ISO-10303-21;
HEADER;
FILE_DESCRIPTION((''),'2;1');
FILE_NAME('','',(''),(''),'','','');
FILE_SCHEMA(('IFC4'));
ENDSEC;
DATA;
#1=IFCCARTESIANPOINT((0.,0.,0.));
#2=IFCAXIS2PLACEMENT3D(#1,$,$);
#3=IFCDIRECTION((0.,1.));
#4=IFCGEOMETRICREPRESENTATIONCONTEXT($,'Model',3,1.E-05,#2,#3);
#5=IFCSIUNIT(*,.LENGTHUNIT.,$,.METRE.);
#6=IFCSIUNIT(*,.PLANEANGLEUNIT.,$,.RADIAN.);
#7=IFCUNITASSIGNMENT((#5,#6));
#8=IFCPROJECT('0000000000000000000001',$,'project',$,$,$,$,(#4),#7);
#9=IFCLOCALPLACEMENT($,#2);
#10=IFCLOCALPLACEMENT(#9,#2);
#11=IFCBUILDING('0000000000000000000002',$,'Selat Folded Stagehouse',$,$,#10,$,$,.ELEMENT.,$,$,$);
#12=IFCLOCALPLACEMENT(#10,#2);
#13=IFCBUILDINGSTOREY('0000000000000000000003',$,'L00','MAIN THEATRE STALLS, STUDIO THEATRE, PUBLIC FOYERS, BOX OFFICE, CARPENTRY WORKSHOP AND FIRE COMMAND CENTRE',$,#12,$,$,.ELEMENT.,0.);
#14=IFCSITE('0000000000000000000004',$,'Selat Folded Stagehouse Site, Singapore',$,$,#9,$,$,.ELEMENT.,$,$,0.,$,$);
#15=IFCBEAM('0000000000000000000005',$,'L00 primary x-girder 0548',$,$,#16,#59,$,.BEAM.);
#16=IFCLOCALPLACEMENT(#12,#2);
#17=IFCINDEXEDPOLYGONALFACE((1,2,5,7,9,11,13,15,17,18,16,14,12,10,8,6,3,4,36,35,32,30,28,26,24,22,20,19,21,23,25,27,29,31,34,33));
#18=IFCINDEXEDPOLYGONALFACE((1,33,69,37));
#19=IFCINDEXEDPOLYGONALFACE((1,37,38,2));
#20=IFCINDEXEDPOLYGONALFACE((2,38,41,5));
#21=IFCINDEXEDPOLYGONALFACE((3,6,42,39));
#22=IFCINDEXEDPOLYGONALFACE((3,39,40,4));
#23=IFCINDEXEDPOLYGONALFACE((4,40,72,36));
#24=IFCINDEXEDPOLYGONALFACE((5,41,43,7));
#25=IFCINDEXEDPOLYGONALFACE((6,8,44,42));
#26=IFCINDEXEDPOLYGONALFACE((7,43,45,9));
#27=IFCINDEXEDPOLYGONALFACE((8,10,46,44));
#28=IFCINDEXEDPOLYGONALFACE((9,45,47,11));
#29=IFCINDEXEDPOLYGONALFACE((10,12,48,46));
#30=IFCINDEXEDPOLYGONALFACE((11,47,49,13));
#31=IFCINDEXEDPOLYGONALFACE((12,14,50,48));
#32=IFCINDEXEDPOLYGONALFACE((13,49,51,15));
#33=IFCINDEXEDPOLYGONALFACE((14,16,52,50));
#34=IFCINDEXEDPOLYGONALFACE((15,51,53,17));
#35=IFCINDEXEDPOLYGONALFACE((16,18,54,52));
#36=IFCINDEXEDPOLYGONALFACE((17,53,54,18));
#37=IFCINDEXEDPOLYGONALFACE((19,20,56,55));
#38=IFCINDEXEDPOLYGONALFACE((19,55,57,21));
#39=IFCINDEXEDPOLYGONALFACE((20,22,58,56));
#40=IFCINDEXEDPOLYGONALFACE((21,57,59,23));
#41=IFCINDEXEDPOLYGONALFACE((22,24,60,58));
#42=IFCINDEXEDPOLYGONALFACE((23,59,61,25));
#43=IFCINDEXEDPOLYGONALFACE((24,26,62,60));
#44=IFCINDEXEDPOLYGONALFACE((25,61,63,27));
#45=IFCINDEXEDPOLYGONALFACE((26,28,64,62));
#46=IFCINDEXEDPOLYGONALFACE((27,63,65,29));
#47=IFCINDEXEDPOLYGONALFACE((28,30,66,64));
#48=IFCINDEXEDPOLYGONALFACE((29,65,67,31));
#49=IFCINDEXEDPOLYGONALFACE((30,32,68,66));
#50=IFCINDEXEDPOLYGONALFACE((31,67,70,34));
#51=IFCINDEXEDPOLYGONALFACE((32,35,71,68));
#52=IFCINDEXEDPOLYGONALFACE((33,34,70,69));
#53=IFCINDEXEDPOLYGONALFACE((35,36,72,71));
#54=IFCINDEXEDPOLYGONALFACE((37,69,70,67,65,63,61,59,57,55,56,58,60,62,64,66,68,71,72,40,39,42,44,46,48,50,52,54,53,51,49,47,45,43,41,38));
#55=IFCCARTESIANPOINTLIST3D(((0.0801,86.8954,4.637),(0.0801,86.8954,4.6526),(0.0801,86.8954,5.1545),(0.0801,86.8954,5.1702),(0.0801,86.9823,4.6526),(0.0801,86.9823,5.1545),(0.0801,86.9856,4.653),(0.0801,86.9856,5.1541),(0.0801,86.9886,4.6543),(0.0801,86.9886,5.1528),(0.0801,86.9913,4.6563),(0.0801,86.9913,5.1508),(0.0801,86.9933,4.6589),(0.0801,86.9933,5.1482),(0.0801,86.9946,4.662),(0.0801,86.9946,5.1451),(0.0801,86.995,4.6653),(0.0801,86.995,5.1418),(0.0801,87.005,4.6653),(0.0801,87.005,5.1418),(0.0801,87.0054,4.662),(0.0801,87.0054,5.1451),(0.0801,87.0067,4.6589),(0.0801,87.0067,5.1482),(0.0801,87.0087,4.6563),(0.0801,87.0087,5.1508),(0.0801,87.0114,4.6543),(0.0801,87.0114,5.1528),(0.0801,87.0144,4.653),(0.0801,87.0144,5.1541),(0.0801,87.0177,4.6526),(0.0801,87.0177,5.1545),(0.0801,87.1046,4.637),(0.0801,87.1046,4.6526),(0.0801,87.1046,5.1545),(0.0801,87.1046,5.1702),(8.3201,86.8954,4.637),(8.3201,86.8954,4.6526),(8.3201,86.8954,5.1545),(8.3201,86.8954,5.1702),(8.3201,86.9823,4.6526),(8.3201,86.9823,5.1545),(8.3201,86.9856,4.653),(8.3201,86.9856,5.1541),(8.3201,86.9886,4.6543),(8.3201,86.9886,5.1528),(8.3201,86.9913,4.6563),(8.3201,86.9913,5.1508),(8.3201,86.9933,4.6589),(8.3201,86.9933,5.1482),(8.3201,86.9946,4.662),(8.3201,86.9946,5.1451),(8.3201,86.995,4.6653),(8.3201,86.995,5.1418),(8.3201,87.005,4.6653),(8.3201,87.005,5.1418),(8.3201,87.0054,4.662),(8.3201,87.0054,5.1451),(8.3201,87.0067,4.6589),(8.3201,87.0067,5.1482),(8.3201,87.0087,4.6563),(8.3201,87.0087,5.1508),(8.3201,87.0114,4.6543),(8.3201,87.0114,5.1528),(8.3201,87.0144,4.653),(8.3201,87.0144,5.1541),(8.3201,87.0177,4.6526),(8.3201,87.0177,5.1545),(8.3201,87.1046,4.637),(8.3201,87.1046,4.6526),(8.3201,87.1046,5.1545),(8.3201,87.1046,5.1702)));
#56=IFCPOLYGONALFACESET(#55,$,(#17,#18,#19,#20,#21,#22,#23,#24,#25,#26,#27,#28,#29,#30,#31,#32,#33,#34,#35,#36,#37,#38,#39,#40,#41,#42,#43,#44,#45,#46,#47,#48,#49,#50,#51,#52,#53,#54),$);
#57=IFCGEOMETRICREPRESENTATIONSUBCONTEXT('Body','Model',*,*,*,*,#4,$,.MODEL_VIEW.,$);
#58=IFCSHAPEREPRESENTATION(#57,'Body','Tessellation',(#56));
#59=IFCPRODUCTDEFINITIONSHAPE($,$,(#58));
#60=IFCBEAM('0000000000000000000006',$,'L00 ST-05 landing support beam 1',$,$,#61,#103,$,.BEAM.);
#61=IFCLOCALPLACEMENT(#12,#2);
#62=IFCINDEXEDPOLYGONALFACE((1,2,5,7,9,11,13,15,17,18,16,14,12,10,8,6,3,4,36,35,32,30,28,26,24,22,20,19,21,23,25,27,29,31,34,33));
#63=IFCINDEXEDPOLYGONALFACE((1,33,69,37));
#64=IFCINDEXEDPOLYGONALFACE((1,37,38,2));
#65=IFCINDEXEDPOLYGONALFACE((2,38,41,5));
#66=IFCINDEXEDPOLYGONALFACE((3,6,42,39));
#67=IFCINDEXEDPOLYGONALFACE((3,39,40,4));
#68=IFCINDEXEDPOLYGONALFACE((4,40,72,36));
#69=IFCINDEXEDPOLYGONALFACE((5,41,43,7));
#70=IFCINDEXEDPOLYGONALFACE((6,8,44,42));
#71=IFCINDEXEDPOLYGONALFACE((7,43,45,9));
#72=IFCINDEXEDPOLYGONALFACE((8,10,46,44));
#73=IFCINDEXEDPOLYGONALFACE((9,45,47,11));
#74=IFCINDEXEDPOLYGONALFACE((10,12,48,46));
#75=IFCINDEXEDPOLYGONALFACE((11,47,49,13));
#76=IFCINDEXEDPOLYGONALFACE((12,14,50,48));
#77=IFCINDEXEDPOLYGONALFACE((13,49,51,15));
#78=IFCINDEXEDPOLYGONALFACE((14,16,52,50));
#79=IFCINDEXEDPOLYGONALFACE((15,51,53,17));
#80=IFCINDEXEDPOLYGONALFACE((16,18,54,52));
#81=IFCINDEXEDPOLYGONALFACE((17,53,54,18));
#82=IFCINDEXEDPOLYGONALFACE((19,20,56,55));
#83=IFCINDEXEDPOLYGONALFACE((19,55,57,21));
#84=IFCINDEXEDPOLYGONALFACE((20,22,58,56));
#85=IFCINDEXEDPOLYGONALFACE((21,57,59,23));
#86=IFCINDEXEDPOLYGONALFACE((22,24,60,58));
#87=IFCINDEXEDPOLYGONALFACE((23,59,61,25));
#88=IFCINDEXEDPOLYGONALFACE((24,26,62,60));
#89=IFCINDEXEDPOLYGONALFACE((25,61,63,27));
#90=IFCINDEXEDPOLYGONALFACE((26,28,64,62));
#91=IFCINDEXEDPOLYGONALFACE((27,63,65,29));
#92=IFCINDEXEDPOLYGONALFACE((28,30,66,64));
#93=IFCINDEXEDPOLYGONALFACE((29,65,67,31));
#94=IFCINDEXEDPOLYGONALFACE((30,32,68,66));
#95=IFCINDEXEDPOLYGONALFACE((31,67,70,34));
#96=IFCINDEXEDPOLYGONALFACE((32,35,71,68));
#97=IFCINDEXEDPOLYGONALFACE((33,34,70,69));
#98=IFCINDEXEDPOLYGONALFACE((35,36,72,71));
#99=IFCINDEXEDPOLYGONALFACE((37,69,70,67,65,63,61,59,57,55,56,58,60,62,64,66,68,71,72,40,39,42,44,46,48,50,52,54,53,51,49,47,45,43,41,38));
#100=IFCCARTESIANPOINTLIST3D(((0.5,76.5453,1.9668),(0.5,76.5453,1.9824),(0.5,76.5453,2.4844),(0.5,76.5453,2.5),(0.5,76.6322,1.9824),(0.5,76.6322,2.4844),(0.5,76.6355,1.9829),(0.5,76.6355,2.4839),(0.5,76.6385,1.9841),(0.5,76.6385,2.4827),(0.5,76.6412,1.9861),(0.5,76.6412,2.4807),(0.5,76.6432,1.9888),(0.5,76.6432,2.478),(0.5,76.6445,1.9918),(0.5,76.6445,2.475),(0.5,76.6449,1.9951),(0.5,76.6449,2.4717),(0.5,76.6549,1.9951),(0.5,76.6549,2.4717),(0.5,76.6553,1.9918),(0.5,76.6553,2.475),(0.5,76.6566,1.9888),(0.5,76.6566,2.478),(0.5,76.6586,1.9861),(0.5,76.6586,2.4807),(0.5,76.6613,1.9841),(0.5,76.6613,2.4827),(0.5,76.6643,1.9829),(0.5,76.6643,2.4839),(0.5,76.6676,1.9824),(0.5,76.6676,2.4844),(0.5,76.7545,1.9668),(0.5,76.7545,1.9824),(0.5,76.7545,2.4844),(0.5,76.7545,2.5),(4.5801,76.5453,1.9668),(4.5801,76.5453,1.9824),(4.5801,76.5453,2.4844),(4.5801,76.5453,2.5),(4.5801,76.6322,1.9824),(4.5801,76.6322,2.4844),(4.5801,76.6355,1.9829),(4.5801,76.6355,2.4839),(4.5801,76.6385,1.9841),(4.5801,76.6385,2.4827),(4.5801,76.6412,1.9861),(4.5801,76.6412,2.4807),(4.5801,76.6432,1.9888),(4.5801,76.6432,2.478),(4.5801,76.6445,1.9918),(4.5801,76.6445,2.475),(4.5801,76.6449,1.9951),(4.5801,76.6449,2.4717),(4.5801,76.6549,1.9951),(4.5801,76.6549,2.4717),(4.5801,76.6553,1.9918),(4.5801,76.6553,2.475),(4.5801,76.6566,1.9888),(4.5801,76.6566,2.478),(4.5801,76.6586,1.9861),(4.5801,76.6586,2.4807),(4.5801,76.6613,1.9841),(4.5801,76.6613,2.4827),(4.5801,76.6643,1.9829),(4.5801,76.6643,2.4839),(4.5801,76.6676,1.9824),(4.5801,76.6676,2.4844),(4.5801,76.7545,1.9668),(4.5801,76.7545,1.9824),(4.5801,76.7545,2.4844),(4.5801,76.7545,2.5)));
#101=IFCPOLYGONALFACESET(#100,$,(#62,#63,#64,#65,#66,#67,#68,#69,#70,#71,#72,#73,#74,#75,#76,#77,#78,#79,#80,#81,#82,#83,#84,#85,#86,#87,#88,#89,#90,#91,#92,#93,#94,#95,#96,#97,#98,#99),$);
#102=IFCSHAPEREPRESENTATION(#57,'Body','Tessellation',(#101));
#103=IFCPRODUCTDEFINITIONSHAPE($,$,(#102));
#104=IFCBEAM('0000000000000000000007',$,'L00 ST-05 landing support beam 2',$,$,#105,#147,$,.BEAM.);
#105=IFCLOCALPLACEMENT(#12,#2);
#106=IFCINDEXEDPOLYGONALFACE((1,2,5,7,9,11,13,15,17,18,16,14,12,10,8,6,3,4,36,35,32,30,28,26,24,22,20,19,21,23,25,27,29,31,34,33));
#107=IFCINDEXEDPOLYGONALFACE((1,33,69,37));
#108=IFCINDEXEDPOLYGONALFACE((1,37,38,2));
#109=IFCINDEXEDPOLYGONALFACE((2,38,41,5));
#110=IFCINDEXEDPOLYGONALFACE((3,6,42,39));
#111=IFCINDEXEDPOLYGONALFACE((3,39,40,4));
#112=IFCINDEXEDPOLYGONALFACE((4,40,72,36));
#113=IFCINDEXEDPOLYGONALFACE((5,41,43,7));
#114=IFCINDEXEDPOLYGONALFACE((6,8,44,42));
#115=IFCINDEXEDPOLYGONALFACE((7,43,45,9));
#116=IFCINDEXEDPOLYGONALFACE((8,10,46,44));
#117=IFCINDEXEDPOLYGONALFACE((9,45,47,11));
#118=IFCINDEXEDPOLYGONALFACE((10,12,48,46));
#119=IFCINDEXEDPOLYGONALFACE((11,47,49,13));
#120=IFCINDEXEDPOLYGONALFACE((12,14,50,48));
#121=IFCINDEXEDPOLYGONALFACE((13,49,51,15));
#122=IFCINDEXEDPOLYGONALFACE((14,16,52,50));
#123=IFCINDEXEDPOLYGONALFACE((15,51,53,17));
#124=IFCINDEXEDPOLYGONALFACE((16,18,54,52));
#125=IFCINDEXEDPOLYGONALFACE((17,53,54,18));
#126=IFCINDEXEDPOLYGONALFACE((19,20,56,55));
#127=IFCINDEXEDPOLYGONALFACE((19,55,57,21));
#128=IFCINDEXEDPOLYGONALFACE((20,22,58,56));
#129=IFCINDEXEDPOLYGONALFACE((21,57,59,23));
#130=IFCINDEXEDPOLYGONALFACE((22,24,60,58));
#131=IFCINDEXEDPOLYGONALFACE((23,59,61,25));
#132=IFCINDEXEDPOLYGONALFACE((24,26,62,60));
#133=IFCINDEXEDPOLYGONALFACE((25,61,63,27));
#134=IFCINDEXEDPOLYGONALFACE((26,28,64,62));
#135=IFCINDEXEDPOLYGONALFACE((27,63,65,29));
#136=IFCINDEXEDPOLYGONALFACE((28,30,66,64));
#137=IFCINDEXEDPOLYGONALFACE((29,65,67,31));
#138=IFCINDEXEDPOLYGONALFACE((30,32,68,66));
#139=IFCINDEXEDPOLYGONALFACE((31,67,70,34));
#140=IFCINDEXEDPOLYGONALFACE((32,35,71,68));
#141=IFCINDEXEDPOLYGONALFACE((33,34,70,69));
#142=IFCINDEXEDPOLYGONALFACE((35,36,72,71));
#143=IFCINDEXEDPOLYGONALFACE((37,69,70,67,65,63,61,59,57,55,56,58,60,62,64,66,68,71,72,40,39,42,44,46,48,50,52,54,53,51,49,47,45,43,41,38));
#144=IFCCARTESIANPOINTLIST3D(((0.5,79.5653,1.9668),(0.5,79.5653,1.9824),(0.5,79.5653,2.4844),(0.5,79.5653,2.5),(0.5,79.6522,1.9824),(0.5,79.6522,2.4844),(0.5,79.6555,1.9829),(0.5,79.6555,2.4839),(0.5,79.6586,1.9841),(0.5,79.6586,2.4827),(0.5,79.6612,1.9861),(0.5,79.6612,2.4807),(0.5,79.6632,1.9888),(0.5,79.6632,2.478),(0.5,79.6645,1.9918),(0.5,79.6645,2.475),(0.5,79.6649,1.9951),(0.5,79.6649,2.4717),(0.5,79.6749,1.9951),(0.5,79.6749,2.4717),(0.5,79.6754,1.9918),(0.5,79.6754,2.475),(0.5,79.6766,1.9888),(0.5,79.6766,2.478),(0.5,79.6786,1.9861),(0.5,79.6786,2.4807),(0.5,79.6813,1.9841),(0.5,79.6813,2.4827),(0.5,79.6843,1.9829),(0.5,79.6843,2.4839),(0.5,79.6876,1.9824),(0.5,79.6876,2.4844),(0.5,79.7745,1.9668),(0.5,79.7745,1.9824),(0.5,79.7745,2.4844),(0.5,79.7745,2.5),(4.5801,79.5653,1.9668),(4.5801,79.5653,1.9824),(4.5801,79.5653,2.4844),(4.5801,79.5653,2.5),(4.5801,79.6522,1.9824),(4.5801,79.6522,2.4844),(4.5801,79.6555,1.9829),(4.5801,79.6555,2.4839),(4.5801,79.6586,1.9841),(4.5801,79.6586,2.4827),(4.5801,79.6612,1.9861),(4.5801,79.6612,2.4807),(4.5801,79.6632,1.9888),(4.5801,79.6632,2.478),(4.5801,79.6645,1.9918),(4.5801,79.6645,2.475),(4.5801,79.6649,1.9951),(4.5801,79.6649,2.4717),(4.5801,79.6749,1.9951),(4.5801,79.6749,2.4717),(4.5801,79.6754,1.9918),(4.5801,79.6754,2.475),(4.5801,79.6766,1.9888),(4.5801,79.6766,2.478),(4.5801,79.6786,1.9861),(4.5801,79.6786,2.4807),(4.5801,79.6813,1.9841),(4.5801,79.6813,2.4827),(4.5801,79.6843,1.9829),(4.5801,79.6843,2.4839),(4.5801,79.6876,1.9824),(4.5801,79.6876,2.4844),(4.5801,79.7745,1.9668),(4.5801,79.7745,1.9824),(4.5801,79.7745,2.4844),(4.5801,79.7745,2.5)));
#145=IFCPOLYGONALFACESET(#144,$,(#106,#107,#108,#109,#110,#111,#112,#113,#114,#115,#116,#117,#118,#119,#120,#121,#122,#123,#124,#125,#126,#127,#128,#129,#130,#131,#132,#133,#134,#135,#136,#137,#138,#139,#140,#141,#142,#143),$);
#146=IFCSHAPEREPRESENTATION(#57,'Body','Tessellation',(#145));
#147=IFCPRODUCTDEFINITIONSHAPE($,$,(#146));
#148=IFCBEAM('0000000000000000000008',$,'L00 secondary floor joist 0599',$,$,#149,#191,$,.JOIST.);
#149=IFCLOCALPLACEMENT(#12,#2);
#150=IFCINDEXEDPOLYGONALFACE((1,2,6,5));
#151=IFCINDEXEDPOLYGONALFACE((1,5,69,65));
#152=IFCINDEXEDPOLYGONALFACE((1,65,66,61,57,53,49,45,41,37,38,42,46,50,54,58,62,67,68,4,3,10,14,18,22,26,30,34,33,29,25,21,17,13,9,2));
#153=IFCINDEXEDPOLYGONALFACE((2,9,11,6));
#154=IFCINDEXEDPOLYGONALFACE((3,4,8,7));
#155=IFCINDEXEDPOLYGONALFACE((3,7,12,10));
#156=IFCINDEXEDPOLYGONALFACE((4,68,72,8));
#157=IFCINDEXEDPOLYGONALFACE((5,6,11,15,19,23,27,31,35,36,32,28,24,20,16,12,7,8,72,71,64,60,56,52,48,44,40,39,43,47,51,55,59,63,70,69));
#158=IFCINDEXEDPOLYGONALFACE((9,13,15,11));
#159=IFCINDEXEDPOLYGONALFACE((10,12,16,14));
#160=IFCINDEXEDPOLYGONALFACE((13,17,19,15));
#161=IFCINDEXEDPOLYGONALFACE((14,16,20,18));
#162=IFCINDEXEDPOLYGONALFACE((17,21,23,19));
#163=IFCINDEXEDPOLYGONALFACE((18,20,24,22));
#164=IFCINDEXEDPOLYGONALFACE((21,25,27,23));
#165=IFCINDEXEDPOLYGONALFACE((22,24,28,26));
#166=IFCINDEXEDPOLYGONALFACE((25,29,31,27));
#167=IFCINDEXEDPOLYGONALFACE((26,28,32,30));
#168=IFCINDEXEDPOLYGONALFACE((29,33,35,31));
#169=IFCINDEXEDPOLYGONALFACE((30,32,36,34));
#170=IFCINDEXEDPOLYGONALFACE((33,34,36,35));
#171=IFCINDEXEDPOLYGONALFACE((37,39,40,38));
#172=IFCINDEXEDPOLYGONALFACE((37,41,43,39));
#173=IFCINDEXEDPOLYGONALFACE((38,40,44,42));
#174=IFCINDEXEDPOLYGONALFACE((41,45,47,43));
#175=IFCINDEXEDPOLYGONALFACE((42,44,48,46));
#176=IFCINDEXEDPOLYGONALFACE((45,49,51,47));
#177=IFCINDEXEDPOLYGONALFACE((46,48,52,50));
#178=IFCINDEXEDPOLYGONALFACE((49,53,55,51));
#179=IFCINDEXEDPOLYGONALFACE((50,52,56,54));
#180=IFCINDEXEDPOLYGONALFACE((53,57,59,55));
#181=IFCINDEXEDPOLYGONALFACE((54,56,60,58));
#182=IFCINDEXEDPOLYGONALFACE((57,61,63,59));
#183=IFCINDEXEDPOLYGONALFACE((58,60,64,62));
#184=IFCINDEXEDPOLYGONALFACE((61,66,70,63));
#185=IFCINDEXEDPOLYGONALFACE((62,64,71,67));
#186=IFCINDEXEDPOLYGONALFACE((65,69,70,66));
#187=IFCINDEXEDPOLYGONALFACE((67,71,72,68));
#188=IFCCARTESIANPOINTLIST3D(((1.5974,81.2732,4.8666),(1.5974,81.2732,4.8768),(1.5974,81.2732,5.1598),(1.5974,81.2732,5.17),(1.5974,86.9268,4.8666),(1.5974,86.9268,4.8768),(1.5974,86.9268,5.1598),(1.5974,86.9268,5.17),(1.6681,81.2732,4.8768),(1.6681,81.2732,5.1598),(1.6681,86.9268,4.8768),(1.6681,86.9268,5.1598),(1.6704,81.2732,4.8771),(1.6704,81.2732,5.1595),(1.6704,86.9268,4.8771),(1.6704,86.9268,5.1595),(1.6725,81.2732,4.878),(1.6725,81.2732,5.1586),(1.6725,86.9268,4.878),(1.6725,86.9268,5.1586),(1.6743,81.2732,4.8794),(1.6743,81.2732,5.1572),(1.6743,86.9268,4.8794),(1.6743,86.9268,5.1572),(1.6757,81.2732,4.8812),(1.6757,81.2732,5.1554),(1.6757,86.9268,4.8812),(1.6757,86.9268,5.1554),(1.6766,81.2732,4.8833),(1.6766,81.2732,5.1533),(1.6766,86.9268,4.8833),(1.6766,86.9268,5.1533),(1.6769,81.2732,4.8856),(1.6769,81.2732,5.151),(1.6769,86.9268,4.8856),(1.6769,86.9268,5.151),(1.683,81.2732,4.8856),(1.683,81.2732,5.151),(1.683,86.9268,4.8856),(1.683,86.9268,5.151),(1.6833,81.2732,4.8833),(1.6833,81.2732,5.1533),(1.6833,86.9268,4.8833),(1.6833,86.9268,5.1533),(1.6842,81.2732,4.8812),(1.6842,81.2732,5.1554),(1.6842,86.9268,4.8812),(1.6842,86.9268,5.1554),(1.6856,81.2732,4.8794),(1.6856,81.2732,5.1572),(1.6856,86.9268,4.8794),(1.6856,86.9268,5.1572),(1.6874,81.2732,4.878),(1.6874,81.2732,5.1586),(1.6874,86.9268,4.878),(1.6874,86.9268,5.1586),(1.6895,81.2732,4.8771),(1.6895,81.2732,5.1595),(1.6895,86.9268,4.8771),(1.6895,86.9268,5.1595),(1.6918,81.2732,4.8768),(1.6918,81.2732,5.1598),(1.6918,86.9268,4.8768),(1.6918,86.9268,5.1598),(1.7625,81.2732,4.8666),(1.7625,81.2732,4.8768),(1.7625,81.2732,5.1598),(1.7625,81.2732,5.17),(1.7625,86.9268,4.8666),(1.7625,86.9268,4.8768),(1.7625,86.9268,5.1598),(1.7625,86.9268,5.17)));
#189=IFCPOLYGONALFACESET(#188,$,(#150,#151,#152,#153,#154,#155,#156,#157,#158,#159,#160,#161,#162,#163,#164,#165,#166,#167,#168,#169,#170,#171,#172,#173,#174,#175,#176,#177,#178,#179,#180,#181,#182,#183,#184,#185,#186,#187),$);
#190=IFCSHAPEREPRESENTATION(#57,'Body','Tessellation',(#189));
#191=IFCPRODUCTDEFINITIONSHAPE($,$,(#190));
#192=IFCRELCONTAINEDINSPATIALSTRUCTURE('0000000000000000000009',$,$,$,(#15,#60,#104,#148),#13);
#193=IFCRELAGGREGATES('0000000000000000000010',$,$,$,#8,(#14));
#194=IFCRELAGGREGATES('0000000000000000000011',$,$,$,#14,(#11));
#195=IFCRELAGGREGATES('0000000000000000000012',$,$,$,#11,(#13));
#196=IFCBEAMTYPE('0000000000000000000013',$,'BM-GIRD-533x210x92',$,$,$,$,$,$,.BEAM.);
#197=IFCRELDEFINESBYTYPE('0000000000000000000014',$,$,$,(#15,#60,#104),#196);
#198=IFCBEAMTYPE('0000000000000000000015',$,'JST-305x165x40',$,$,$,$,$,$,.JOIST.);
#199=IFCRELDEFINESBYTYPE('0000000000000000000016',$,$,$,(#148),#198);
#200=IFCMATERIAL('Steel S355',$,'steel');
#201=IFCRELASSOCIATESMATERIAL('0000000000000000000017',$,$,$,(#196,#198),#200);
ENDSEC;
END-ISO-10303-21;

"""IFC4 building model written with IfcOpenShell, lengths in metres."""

from ifc_helpers import new_model, si_unit, direction, frame, origin, origin_2d, place, context, subcontext, project, spatial, i_section, extrude, material, material_profile, profile_set, type_object, element, save


model = new_model("IFC4")

# Units and contexts
model_context = context("Model", 3, precision=1e-05, world=origin(), true_north=direction((0.0, 1.0)))
body_context = subcontext(model_context, "Body", "Model", "MODEL_VIEW")
ifc_project = project(units=[si_unit("LENGTHUNIT", "METRE"), si_unit("PLANEANGLEUNIT", "RADIAN")], contexts=[model_context])

# Site, building, storey
site_placement = place(None, origin())
site = spatial("IfcSite", under=ifc_project, at=site_placement, Name="Selat Folded Stagehouse Site, Singapore", CompositionType="ELEMENT", RefElevation=0.0)
building_placement = place(site_placement, origin())
building = spatial("IfcBuilding", under=site, at=building_placement, Name="Selat Folded Stagehouse", CompositionType="ELEMENT")
storey_placement = place(building_placement, origin())
storey = spatial("IfcBuildingStorey", under=building, at=storey_placement, Name="L00", Description="MAIN THEATRE STALLS, STUDIO THEATRE, PUBLIC FOYERS, BOX OFFICE, CARPENTRY WORKSHOP AND FIRE COMMAND CENTRE", CompositionType="ELEMENT", Elevation=0.0)

# Shared definitions
ifc_material_1 = material(Name="Steel S355", Category="steel")

# Beams
ifc_material_profile_1 = material_profile(ifc_material_1, i_section(OverallWidth=0.2092, OverallDepth=0.5332, WebThickness=0.01, FlangeThickness=0.0156, FilletRadius=0.0127, at=origin_2d()), Name="UKB 533x210x92")
ifc_profile_set_1 = profile_set([ifc_material_profile_1], Name="Steel S355")
beam_type_1 = type_object("IfcBeamType", Name="BM-GIRD-533x210x92", PredefinedType="BEAM", material=ifc_profile_set_1)
for number, where, z_axis, x_axis, name in (
    (1, (0.0801, 87.0, 4.9036), (1.0, 0.0, 0.0), (0.0, 1.0, 0.0), "L00 primary x-girder 0548"),
):
    element("IfcBeam", number, at=place(storey_placement, frame(where, z_axis=z_axis, x_axis=x_axis)), inside=storey, type_object=beam_type_1, Name=name, PredefinedType="BEAM", context=body_context, shape_type="SweptSolid", body=[
        extrude(i_section(OverallWidth=0.2092, OverallDepth=0.5332, WebThickness=0.01, FlangeThickness=0.0156, FilletRadius=0.0127, at=origin_2d()), origin(), (0.0, 0.0, 1.0), 8.24),
    ])
for number, where, z_axis, x_axis, name in (
    (2, (0.5, 76.6499, 2.2334), (1.0, 0.0, 0.0), (0.0, 1.0, 0.0), "L00 ST-05 landing support beam 1"),
    (3, (0.5, 79.6699, 2.2334), (1.0, 0.0, 0.0), (0.0, 1.0, 0.0), "L00 ST-05 landing support beam 2"),
):
    element("IfcBeam", number, at=place(storey_placement, frame(where, z_axis=z_axis, x_axis=x_axis)), inside=storey, type_object=beam_type_1, Name=name, PredefinedType="BEAM", context=body_context, shape_type="SweptSolid", body=[
        extrude(i_section(OverallWidth=0.2092, OverallDepth=0.5332, WebThickness=0.01, FlangeThickness=0.0156, FilletRadius=0.0127, at=origin_2d()), origin(), (0.0, 0.0, 1.0), 4.0801),
    ])
ifc_material_profile_2 = material_profile(ifc_material_1, i_section(OverallWidth=0.165, OverallDepth=0.3035, WebThickness=0.0061, FlangeThickness=0.0103, FilletRadius=0.0088, at=origin_2d()), Name="UKB 305x165x40")
ifc_profile_set_2 = profile_set([ifc_material_profile_2], Name="Steel S355")
beam_type_2 = type_object("IfcBeamType", Name="JST-305x165x40", PredefinedType="JOIST", material=ifc_profile_set_2)
for number, where, z_axis, x_axis, name in (
    (4, (1.6799, 81.2732, 5.0183), (0.0, 1.0, 0.0), (-1.0, 0.0, 0.0), "L00 secondary floor joist 0599"),
):
    element("IfcBeam", number, at=place(storey_placement, frame(where, z_axis=z_axis, x_axis=x_axis)), inside=storey, type_object=beam_type_2, Name=name, PredefinedType="JOIST", context=body_context, shape_type="SweptSolid", body=[
        extrude(i_section(OverallWidth=0.165, OverallDepth=0.3035, WebThickness=0.0061, FlangeThickness=0.0103, FilletRadius=0.0088, at=origin_2d()), origin(), (0.0, 0.0, 1.0), 5.6536),
    ])

save(model, "model.ifc")
